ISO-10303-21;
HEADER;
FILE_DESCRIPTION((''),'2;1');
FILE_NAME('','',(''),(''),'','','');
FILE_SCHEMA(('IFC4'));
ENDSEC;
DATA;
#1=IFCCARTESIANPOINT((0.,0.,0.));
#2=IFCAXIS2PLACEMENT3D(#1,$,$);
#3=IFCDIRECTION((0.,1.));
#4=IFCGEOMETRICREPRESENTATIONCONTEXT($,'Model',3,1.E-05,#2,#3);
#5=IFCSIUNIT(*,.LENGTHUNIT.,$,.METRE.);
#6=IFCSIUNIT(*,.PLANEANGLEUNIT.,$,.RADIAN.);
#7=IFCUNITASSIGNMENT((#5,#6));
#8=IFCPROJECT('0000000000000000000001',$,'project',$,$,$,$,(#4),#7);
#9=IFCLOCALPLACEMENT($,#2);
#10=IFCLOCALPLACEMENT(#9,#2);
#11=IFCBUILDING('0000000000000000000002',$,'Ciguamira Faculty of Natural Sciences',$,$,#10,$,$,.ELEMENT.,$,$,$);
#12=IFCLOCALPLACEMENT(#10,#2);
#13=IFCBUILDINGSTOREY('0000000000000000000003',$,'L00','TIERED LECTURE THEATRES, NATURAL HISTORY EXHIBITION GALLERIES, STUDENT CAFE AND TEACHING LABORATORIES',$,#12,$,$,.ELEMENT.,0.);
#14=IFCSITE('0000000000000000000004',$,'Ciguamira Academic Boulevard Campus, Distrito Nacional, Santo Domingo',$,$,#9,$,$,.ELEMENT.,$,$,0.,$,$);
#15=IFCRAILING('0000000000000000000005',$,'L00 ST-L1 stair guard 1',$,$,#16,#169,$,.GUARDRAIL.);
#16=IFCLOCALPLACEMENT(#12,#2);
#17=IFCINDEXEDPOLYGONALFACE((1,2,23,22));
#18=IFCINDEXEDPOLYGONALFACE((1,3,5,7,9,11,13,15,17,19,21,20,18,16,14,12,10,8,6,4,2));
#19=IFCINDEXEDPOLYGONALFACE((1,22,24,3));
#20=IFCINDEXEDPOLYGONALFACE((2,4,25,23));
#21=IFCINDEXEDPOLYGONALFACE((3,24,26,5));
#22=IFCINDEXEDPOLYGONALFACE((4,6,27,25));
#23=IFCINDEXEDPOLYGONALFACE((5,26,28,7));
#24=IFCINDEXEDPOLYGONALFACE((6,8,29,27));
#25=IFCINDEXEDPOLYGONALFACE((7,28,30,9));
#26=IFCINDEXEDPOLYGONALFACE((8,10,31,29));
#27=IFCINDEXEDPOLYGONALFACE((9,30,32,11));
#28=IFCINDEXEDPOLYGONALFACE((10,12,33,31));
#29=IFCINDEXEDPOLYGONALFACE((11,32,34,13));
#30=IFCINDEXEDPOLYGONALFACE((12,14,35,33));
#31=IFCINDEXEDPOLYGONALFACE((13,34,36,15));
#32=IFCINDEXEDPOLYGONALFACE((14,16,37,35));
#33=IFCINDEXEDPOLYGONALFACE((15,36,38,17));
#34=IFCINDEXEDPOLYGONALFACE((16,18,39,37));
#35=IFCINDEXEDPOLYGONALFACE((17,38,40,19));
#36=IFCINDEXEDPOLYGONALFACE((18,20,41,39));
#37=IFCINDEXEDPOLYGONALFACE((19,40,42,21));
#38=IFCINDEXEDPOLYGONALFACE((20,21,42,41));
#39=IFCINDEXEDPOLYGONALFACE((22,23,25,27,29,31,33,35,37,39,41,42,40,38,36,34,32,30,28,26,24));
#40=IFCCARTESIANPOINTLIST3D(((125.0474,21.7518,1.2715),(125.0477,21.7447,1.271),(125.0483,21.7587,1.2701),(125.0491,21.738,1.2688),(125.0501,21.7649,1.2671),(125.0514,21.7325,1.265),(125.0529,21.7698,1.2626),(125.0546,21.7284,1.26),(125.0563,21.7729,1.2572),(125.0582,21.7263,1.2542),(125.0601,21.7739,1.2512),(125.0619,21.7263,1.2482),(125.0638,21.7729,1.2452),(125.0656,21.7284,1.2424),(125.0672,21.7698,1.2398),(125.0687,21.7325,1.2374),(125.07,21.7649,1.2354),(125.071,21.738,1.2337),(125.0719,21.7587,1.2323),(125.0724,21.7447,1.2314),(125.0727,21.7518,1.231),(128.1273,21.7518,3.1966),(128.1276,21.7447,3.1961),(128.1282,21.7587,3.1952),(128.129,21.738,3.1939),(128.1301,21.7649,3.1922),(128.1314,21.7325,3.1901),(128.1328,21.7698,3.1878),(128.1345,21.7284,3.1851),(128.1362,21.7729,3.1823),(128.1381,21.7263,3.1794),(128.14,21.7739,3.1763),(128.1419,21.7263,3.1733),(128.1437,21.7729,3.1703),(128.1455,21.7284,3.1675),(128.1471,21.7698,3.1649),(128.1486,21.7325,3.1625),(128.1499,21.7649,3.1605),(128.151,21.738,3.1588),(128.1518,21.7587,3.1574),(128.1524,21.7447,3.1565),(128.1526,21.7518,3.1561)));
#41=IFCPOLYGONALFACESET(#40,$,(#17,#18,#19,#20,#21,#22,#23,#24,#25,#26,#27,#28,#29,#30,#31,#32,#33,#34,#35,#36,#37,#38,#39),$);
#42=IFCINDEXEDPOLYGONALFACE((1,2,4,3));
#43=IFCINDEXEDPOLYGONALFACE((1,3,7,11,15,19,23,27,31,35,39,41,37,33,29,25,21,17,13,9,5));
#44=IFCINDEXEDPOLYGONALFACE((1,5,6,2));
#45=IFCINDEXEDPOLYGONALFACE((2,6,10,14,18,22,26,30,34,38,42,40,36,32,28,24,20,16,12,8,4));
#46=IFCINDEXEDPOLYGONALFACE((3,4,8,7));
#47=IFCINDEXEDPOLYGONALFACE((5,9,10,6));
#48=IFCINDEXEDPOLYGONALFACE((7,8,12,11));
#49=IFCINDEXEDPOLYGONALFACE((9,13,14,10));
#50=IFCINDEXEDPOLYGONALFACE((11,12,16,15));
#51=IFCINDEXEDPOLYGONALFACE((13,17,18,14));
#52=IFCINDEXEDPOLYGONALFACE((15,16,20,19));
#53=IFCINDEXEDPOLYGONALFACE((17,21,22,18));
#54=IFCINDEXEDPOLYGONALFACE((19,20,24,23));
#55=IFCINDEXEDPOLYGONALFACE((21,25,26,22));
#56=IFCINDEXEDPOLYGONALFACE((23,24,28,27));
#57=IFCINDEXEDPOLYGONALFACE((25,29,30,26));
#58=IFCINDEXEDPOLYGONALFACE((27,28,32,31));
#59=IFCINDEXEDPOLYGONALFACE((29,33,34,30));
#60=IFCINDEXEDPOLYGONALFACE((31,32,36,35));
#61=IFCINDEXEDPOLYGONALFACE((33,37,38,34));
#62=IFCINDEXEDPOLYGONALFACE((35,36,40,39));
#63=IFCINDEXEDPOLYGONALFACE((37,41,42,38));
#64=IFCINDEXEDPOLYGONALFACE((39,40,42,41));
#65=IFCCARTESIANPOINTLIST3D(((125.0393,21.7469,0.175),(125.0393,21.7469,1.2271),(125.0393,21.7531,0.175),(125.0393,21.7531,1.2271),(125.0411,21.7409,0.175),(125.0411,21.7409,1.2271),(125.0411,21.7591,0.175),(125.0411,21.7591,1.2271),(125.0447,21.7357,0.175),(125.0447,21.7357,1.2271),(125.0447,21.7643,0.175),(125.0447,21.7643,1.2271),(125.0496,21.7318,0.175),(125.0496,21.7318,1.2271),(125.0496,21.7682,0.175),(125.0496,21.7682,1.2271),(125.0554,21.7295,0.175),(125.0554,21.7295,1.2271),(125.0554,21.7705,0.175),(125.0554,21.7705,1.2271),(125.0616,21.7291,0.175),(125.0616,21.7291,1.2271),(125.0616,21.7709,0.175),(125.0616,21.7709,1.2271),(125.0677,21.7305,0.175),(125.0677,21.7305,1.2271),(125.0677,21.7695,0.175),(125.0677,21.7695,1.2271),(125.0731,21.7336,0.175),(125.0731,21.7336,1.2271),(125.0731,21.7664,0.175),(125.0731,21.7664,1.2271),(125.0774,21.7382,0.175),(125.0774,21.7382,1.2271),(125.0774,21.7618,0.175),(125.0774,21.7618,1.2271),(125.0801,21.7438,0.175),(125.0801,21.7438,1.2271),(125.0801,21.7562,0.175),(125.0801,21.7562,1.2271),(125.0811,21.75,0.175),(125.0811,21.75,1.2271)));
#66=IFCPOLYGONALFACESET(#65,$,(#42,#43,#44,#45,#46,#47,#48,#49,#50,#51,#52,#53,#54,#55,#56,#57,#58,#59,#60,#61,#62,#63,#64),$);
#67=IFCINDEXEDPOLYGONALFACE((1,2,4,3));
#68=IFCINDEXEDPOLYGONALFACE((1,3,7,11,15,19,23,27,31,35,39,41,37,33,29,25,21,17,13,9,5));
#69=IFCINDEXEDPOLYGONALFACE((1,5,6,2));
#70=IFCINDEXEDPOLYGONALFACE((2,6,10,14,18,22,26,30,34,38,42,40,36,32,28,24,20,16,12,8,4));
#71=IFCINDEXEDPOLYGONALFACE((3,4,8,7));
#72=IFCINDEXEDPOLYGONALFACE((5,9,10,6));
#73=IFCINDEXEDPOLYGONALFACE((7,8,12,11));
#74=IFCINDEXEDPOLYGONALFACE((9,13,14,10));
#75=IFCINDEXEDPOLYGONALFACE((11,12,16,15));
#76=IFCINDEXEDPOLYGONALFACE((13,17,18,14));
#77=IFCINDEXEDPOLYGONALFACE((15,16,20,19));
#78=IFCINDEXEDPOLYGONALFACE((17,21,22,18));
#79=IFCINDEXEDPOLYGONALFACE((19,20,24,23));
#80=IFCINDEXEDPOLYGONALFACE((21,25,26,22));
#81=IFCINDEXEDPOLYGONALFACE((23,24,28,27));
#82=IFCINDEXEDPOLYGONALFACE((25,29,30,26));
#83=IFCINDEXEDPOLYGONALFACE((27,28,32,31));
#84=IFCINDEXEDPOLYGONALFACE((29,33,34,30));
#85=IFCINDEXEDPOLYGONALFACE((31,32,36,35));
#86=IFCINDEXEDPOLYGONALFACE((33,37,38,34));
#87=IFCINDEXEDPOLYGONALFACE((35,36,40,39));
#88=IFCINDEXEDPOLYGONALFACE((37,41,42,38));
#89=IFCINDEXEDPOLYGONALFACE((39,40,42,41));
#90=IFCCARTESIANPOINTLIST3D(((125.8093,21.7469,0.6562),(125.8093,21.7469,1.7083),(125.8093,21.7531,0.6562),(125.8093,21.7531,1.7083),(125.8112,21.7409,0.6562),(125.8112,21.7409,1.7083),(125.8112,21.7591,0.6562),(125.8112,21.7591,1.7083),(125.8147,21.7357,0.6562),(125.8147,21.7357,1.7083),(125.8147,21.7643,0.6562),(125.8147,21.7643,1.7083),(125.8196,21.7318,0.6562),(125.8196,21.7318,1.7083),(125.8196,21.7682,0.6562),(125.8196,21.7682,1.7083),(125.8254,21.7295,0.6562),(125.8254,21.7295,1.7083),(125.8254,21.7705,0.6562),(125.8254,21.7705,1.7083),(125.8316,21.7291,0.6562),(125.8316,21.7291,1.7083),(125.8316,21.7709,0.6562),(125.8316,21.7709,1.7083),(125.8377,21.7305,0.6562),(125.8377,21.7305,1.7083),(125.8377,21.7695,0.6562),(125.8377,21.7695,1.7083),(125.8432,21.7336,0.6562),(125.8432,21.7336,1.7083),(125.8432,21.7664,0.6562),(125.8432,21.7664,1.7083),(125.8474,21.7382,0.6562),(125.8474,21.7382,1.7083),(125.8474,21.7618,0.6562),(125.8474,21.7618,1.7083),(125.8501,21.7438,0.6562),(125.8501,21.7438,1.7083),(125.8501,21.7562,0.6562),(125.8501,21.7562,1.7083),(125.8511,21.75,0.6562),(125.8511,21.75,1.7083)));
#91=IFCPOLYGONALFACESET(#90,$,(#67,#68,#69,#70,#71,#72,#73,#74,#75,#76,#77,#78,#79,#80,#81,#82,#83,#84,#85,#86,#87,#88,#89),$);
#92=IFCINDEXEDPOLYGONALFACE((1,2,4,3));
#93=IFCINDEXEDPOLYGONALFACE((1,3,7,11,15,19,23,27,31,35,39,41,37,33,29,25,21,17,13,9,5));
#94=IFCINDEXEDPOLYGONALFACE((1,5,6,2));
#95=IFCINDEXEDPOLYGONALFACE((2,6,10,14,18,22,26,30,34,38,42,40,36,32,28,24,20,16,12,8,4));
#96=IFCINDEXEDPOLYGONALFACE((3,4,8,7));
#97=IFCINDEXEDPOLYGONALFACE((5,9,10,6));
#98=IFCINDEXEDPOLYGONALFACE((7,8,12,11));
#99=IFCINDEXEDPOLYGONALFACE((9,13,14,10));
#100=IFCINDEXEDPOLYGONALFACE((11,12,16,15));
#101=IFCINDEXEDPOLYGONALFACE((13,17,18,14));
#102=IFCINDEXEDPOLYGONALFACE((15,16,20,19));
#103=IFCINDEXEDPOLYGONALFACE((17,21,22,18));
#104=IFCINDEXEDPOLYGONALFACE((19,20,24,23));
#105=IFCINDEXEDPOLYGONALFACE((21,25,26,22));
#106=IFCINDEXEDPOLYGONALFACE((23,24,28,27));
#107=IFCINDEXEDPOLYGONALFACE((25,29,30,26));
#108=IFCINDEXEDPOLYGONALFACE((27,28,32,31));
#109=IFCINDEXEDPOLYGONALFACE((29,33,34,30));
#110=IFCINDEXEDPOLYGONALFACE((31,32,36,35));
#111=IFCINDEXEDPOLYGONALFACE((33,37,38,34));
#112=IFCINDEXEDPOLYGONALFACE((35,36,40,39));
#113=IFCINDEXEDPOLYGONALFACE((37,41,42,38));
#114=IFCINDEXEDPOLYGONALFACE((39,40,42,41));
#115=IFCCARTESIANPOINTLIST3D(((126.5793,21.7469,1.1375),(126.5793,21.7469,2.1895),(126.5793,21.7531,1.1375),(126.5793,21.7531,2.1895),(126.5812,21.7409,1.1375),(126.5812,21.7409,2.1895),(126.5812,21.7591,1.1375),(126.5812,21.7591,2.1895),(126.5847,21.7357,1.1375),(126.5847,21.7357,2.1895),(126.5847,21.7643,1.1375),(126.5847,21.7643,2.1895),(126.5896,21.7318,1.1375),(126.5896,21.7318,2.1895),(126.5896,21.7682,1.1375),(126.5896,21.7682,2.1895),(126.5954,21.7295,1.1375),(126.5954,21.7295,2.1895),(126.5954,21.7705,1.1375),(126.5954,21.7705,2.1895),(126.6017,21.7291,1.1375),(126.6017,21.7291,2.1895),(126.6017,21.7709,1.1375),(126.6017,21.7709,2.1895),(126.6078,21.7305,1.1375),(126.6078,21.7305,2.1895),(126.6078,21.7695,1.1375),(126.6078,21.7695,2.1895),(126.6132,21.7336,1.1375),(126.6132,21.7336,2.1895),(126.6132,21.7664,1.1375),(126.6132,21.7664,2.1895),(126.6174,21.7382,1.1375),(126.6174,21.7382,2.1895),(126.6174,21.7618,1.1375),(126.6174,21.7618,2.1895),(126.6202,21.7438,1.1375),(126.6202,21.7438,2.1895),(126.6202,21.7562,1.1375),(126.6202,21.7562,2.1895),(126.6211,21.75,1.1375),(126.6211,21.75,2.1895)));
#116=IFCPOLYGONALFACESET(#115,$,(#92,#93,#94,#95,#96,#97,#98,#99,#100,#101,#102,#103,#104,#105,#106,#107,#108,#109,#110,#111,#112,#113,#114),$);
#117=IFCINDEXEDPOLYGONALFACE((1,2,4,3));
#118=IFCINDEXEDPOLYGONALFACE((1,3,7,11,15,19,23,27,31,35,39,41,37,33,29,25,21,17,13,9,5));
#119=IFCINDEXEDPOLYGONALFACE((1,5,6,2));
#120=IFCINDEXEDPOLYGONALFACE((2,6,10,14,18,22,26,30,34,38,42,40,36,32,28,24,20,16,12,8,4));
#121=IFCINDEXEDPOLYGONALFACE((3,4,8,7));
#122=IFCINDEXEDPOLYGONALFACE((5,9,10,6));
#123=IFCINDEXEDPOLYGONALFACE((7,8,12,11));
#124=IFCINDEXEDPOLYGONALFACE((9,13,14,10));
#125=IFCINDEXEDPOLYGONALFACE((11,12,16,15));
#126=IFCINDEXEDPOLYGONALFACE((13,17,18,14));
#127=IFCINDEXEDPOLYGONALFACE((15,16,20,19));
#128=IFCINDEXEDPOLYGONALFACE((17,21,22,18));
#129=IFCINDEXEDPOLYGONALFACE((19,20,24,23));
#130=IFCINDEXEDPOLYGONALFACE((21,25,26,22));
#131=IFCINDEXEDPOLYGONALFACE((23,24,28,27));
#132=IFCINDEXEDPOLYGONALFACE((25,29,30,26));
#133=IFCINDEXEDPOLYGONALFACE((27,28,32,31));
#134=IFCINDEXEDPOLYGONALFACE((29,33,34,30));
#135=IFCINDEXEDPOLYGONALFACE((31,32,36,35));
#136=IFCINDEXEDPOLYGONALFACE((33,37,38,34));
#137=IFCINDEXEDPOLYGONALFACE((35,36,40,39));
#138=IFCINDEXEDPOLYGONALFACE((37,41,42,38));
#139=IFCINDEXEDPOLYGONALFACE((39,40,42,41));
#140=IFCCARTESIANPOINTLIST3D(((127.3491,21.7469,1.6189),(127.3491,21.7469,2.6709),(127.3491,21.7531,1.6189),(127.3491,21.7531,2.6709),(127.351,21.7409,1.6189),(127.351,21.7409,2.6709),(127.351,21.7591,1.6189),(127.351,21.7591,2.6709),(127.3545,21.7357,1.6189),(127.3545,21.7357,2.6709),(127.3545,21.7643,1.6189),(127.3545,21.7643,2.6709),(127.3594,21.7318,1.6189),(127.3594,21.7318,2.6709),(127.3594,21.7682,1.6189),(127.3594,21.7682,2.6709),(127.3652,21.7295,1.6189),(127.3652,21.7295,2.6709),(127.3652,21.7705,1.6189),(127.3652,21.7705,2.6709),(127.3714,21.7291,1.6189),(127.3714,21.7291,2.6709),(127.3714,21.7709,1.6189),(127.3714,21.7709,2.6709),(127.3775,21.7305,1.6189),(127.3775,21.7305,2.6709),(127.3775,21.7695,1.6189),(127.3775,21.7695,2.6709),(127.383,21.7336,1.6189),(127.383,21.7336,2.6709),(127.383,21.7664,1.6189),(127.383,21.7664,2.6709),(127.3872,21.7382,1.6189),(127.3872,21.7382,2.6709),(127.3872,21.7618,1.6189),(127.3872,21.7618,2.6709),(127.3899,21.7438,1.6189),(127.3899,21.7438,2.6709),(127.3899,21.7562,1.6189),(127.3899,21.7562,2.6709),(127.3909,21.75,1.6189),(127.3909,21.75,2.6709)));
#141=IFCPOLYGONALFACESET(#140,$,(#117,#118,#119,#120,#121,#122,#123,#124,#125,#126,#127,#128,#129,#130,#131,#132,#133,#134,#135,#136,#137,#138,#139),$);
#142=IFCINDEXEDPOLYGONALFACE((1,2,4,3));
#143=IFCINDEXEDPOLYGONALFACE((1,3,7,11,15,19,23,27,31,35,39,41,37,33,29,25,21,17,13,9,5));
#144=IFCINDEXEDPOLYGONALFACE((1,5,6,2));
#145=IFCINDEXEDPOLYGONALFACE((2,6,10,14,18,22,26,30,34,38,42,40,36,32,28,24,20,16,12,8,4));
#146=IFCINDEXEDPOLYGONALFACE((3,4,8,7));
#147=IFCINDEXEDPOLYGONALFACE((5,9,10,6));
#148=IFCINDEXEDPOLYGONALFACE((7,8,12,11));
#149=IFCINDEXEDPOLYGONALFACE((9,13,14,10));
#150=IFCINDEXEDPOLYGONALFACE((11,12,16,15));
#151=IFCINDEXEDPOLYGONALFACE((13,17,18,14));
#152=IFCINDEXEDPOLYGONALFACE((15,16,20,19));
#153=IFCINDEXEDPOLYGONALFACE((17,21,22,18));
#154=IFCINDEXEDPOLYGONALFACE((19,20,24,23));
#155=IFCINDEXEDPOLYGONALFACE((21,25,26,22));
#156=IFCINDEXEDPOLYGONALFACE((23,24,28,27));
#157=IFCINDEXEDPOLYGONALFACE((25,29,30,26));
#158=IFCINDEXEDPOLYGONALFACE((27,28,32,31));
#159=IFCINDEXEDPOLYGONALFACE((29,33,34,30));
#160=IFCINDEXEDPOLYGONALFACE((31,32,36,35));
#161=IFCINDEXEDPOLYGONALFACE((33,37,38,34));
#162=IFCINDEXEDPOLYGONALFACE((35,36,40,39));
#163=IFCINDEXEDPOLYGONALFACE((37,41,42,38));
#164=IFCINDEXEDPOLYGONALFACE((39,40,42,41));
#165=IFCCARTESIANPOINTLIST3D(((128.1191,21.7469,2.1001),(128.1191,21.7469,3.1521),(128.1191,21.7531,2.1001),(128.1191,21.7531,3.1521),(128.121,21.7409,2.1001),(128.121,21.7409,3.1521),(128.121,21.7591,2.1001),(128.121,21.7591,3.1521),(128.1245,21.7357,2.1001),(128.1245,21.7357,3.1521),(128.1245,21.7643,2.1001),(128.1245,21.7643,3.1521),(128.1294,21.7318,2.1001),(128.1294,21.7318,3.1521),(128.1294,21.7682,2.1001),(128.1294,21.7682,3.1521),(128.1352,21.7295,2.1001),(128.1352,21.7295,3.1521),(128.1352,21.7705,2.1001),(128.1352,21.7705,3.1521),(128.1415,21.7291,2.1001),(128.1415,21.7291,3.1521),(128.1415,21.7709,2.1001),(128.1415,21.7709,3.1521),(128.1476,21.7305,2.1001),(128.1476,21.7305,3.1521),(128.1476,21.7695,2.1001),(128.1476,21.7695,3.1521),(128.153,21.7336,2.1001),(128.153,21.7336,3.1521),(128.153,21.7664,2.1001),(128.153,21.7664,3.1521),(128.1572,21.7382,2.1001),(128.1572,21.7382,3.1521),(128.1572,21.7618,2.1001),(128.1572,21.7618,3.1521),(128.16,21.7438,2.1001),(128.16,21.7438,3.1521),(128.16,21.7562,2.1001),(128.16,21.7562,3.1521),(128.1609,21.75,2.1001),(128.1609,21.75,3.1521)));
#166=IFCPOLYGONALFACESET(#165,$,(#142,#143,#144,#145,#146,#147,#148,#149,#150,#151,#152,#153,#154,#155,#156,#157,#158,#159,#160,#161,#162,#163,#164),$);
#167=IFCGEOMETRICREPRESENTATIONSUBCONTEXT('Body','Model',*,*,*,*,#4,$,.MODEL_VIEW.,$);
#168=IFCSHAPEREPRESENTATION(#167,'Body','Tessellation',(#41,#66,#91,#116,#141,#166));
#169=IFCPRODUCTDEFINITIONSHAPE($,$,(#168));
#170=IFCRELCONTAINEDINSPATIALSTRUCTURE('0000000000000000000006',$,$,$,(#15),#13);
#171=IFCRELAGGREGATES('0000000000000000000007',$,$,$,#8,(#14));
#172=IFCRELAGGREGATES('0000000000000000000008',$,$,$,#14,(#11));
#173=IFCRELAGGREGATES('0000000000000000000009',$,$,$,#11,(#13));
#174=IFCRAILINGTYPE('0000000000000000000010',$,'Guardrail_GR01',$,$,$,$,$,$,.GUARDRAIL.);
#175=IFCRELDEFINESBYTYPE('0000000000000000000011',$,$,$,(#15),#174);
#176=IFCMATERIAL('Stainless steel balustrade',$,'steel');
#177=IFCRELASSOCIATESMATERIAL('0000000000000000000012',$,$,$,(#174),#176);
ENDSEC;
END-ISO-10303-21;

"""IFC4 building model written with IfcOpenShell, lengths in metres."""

from ifc_helpers import new_model, si_unit, direction, frame, origin, origin_2d, place, context, subcontext, project, spatial, circle, extrude, material, type_object, element, save


model = new_model("IFC4")

# Units and contexts
model_context = context("Model", 3, precision=1e-05, world=origin(), true_north=direction((0.0, 1.0)))
body_context = subcontext(model_context, "Body", "Model", "MODEL_VIEW")
ifc_project = project(units=[si_unit("LENGTHUNIT", "METRE"), si_unit("PLANEANGLEUNIT", "RADIAN")], contexts=[model_context])

# Site, building, storey
site_placement = place(None, origin())
site = spatial("IfcSite", under=ifc_project, at=site_placement, Name="Ciguamira Academic Boulevard Campus, Distrito Nacional, Santo Domingo", CompositionType="ELEMENT", RefElevation=0.0)
building_placement = place(site_placement, origin())
building = spatial("IfcBuilding", under=site, at=building_placement, Name="Ciguamira Faculty of Natural Sciences", CompositionType="ELEMENT")
storey_placement = place(building_placement, origin())
storey = spatial("IfcBuildingStorey", under=building, at=storey_placement, Name="L00", Description="TIERED LECTURE THEATRES, NATURAL HISTORY EXHIBITION GALLERIES, STUDENT CAFE AND TEACHING LABORATORIES", CompositionType="ELEMENT", Elevation=0.0)

# Railing
ifc_material_1 = material(Name="Stainless steel balustrade", Category="steel")
railing_type_1 = type_object("IfcRailingType", Name="Guardrail_GR01", PredefinedType="GUARDRAIL", material=ifc_material_1)
railing_1_placement = place(storey_placement, frame((125.0601, 21.75, 0.175)))
element("IfcRailing", 1, at=railing_1_placement, inside=storey, type_object=railing_type_1, Name="L00 ST-L1 stair guard 1", PredefinedType="GUARDRAIL", context=body_context, shape_type="SweptSolid", body=[
    extrude(circle(Radius=0.0239, at=origin_2d()), frame((0.0, 0.0, 1.0762), z_axis=(0.847979, 0.0, 0.530029), x_axis=(0.0, 1.0, 0.0)), (0.0, 0.0, 1.0), 3.6321),
    extrude(circle(Radius=0.021, at=origin_2d()), origin(), (0.0, 0.0, 1.0), 1.052),
    extrude(circle(Radius=0.021, at=origin_2d()), frame((0.77, 0.0, 0.4812)), (0.0, 0.0, 1.0), 1.052),
    extrude(circle(Radius=0.021, at=origin_2d()), frame((1.54, 0.0, 0.9624)), (0.0, 0.0, 1.0), 1.052),
    extrude(circle(Radius=0.021, at=origin_2d()), frame((2.3098, 0.0, 1.4438)), (0.0, 0.0, 1.0), 1.052),
    extrude(circle(Radius=0.021, at=origin_2d()), frame((3.0798, 0.0, 1.925)), (0.0, 0.0, 1.0), 1.052),
])

save(model, "model.ifc")
